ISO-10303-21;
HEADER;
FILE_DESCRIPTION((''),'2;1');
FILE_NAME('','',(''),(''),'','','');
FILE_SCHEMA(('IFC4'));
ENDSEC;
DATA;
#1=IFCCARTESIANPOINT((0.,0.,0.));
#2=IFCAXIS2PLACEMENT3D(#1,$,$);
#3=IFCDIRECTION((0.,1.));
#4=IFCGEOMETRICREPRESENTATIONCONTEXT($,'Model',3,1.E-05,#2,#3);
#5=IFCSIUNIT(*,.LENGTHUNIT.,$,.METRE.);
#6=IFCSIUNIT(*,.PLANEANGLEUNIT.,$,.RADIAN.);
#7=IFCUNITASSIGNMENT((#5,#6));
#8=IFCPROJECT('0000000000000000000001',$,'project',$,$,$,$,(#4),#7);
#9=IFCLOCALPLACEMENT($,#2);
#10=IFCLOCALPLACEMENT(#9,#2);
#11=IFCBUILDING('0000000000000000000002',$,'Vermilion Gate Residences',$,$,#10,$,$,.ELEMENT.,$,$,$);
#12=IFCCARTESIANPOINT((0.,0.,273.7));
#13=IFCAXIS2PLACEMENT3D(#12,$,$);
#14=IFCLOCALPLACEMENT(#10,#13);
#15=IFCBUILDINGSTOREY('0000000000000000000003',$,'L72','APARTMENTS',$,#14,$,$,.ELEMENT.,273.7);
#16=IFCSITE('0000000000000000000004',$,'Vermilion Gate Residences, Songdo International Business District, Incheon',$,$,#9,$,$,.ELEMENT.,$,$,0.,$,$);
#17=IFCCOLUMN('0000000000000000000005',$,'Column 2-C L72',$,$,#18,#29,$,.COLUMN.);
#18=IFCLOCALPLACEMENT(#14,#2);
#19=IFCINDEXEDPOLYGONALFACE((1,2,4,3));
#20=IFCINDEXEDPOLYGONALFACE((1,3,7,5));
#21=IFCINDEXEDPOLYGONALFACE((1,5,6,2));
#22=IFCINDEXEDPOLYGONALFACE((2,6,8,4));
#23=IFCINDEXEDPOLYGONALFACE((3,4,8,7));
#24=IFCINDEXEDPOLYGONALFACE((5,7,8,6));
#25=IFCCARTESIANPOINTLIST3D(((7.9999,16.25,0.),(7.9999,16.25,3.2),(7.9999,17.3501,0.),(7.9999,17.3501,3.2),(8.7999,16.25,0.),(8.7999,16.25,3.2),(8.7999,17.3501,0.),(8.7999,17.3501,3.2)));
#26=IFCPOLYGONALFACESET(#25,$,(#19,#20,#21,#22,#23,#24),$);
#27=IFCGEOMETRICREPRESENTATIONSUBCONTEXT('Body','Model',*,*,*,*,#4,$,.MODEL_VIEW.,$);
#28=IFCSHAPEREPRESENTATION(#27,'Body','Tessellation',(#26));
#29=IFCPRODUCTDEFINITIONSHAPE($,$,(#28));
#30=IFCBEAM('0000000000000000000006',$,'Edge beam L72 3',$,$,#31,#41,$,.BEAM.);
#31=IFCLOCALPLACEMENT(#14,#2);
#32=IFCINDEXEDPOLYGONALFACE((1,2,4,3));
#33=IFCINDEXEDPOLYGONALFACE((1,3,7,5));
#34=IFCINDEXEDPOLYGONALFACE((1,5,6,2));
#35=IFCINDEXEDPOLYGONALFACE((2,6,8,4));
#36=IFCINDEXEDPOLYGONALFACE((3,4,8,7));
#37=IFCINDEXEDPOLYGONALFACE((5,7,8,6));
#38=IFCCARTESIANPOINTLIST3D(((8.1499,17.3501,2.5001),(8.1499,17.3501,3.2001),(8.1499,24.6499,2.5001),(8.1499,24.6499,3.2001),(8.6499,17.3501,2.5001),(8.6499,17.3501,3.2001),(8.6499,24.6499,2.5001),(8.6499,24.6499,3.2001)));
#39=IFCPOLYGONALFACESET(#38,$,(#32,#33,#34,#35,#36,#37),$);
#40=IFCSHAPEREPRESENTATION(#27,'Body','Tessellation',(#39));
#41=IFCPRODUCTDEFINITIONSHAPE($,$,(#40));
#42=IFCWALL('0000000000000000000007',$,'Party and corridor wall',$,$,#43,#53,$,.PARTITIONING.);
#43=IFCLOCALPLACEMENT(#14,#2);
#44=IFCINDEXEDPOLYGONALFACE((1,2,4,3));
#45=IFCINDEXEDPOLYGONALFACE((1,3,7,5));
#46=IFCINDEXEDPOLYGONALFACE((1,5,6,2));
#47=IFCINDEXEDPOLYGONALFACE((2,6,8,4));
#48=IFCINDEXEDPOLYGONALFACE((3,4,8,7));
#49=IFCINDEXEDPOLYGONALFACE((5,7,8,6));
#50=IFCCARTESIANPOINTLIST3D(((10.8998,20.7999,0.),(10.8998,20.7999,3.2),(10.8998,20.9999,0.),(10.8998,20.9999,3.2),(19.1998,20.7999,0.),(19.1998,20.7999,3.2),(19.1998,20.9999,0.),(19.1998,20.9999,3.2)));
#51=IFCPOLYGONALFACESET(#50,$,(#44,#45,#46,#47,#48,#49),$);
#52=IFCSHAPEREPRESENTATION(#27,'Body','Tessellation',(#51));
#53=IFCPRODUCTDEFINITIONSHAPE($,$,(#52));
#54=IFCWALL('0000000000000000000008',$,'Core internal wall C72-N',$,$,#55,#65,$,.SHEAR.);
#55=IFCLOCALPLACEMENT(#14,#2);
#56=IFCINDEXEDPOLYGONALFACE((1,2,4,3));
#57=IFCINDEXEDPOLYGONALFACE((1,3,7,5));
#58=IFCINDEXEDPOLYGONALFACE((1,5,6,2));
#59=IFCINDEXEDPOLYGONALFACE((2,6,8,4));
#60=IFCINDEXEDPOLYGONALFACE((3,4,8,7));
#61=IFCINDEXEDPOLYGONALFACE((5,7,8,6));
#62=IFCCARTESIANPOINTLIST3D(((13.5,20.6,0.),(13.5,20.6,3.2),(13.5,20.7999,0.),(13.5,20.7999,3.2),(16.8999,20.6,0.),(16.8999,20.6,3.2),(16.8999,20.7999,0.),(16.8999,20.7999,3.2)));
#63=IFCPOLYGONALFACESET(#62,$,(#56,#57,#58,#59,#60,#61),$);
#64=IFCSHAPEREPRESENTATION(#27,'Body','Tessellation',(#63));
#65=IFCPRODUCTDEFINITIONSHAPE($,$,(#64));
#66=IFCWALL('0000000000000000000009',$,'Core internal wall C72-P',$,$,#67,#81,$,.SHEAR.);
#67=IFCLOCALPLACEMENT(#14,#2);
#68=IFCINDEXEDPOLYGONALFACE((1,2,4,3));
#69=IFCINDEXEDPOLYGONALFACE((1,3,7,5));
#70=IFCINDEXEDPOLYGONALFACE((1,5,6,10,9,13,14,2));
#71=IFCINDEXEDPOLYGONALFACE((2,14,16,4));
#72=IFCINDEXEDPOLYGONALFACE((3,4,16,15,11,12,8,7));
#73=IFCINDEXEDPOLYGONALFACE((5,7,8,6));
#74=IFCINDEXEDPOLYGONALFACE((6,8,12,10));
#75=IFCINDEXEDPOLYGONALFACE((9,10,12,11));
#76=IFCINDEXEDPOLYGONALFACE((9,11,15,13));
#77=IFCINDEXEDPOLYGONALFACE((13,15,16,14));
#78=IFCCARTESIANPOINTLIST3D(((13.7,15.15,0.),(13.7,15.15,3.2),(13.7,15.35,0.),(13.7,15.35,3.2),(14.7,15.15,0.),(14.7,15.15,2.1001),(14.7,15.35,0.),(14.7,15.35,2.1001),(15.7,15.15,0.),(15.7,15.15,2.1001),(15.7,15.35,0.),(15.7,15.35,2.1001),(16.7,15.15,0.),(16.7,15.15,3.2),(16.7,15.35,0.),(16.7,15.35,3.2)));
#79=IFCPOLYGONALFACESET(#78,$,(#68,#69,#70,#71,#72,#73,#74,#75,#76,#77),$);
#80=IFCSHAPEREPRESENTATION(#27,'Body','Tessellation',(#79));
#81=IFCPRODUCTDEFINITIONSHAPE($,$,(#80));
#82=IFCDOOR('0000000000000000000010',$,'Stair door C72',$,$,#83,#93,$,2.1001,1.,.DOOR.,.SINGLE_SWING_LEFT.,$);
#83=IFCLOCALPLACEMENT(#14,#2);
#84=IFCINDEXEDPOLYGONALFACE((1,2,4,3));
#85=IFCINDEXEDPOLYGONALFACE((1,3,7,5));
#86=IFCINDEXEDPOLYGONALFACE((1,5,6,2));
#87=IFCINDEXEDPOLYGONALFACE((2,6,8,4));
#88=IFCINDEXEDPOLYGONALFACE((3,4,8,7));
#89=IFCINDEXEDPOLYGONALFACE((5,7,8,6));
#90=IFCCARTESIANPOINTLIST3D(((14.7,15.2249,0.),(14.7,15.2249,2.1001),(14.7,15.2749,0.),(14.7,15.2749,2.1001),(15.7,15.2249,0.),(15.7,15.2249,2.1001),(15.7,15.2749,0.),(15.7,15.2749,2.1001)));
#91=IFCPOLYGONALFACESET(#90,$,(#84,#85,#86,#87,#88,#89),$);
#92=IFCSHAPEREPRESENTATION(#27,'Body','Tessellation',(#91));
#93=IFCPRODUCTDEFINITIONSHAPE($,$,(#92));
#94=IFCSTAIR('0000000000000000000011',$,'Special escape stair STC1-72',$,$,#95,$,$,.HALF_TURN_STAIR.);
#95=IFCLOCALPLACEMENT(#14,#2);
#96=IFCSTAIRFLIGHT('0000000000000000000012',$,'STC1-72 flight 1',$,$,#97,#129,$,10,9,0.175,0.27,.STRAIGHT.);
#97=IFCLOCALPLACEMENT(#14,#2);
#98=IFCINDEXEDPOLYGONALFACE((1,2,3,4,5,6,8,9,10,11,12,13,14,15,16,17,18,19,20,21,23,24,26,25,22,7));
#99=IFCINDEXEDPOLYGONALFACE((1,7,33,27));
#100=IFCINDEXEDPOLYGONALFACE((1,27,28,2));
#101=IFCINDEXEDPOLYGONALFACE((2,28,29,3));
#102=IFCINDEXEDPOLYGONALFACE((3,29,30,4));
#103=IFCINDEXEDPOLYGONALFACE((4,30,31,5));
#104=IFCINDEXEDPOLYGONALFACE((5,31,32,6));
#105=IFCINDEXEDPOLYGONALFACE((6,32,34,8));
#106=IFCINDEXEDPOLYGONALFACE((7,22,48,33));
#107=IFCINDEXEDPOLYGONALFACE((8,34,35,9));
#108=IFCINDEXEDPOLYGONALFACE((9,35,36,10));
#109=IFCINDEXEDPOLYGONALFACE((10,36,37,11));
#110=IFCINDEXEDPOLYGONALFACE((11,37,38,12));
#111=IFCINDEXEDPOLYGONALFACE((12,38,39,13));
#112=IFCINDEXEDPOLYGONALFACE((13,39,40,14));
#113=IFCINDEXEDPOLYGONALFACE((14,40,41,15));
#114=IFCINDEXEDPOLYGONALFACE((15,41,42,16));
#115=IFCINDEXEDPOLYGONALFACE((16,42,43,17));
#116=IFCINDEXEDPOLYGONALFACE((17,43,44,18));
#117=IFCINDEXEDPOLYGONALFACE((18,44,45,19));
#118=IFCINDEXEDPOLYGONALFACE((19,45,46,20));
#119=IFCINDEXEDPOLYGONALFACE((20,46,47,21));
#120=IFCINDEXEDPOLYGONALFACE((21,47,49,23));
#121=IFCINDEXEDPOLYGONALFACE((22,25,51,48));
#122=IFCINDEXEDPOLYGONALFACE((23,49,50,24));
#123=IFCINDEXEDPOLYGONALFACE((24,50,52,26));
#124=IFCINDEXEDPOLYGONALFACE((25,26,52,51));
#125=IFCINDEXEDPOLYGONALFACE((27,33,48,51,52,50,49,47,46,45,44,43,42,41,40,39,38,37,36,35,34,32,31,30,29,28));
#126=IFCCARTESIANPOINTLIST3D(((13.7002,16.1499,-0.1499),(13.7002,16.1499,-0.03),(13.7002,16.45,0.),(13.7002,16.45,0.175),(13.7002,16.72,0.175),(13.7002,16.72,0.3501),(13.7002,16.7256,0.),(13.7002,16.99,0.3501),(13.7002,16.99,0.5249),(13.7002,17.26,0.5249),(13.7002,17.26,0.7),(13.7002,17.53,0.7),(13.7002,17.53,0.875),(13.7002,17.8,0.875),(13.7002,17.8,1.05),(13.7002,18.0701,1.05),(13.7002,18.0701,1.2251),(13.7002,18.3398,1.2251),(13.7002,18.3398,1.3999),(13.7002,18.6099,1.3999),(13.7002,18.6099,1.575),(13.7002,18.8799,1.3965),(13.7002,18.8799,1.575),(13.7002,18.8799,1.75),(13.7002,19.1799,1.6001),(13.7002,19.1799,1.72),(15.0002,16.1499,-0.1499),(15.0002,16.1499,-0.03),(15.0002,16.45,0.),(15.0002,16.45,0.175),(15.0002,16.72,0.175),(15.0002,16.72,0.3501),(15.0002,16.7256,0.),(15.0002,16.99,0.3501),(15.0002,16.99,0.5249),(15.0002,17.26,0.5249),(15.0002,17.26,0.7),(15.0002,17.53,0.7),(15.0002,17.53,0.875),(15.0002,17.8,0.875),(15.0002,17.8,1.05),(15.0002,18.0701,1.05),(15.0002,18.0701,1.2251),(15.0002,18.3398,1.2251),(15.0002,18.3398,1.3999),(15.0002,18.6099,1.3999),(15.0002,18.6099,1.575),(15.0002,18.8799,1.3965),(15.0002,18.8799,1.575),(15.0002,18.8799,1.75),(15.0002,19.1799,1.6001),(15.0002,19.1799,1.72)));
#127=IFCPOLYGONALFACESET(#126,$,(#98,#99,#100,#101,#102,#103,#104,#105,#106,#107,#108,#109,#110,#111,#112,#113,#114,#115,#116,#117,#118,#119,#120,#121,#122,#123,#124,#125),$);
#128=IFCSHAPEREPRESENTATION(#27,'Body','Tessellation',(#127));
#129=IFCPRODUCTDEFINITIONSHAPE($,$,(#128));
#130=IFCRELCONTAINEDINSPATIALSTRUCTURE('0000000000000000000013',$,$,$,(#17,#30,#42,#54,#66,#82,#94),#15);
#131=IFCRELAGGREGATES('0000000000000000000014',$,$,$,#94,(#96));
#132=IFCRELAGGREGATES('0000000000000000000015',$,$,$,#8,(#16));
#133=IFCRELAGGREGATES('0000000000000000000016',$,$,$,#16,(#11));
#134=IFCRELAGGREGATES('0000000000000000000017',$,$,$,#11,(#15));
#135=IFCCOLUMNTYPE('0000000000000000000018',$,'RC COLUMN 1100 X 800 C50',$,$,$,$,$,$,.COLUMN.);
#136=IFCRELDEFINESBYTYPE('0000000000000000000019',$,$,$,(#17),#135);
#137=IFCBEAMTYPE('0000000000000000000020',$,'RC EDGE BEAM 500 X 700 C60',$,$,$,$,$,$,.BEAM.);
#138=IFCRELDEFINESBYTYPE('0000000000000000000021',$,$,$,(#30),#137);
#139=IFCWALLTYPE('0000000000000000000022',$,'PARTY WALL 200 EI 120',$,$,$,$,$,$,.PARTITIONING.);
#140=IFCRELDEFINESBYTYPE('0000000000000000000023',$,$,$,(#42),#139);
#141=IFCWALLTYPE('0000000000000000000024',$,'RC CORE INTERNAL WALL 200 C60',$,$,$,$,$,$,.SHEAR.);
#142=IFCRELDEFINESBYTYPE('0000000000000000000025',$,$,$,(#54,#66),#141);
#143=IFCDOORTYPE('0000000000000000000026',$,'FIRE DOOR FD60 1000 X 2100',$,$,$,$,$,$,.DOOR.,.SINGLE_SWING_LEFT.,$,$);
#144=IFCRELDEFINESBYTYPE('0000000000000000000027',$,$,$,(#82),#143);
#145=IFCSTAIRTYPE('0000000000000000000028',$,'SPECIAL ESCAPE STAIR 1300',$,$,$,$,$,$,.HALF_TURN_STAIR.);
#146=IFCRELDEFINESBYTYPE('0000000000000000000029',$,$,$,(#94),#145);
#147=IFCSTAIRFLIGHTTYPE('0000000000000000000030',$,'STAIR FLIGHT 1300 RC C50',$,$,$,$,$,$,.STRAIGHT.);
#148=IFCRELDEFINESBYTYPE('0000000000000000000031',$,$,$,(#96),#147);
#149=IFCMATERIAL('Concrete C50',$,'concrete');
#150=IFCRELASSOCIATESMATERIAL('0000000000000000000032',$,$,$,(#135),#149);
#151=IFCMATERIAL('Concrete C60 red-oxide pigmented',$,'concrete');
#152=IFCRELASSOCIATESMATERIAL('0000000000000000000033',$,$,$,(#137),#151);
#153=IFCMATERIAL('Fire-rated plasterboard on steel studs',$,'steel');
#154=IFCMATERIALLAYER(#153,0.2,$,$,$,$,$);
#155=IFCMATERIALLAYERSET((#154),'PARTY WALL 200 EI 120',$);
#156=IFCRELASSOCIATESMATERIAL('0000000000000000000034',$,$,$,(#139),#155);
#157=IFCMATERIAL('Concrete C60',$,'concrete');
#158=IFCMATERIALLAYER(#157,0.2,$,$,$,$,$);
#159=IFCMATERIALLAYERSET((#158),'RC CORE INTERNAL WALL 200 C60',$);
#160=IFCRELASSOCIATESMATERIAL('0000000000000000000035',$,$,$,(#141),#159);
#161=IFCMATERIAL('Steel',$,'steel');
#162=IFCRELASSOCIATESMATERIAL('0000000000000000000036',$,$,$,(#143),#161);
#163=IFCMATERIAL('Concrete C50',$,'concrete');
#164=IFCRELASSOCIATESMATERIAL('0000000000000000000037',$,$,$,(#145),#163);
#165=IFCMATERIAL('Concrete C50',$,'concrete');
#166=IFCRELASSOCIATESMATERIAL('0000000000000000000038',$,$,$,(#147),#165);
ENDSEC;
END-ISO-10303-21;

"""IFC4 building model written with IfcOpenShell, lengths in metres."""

from ifc_helpers import new_model, si_unit, direction, frame, frame_2d, origin, origin_2d, place, context, subcontext, project, spatial, polyline, rectangle, outline, extrude, material, layer, layer_set, material_profile, profile_set, type_object, element, fill, aggregate, save


model = new_model("IFC4")

# Units and contexts
model_context = context("Model", 3, precision=1e-05, world=origin(), true_north=direction((0.0, 1.0)))
body_context = subcontext(model_context, "Body", "Model", "MODEL_VIEW")
ifc_project = project(units=[si_unit("LENGTHUNIT", "METRE"), si_unit("PLANEANGLEUNIT", "RADIAN")], contexts=[model_context])

# Site, building, storey
site_placement = place(None, origin())
site = spatial("IfcSite", under=ifc_project, at=site_placement, Name="Vermilion Gate Residences, Songdo International Business District, Incheon", CompositionType="ELEMENT", RefElevation=0.0)
building_placement = place(site_placement, origin())
building = spatial("IfcBuilding", under=site, at=building_placement, Name="Vermilion Gate Residences", CompositionType="ELEMENT")
storey_placement = place(building_placement, frame((0.0, 0.0, 273.7)))
storey = spatial("IfcBuildingStorey", under=building, at=storey_placement, Name="L72", Description="APARTMENTS", CompositionType="ELEMENT", Elevation=273.7)

# Column
ifc_material_1 = material(Name="Concrete C50", Category="concrete")
ifc_material_profile_1 = material_profile(ifc_material_1, rectangle(XDim=1.1001, YDim=0.8, at=origin_2d()), Name="RC-1100x800")
ifc_profile_set_1 = profile_set([ifc_material_profile_1], Name="Concrete C50")
column_type = type_object("IfcColumnType", Name="RC COLUMN 1100 X 800 C50", PredefinedType="COLUMN", material=ifc_profile_set_1)
column_placement = place(storey_placement, frame((8.3999, 16.8, 0.0), z_axis=(0.0, 0.0, 1.0), x_axis=(0.0, 1.0, 0.0)))
element("IfcColumn", 1, at=column_placement, inside=storey, type_object=column_type, Name="Column 2-C L72", PredefinedType="COLUMN", context=body_context, shape_type="SweptSolid", body=[
    extrude(rectangle(XDim=1.1001, YDim=0.8, at=origin_2d()), origin(), (0.0, 0.0, 1.0), 3.2),
])

# Beam
ifc_material_2 = material(Name="Concrete C60 red-oxide pigmented", Category="concrete")
ifc_material_profile_2 = material_profile(ifc_material_2, rectangle(XDim=0.5, YDim=0.7, at=origin_2d()), Name="RC-500x700")
ifc_profile_set_2 = profile_set([ifc_material_profile_2], Name="Concrete C60 red-oxide pigmented")
beam_type = type_object("IfcBeamType", Name="RC EDGE BEAM 500 X 700 C60", PredefinedType="BEAM", material=ifc_profile_set_2)
beam_placement = place(storey_placement, frame((8.3999, 17.3501, 2.8501), z_axis=(0.0, 1.0, 0.0), x_axis=(-1.0, 0.0, 0.0)))
element("IfcBeam", 2, at=beam_placement, inside=storey, type_object=beam_type, Name="Edge beam L72 3", PredefinedType="BEAM", context=body_context, shape_type="SweptSolid", body=[
    extrude(rectangle(XDim=0.5, YDim=0.7, at=origin_2d()), origin(), (0.0, 0.0, 1.0), 7.2998),
])

# Walls
ifc_material_3 = material(Name="Fire-rated plasterboard on steel studs", Category="steel")
ifc_layer_1 = layer(ifc_material_3, 0.2)
ifc_layer_set_1 = layer_set([ifc_layer_1], Name="PARTY WALL 200 EI 120")
wall_type_1 = type_object("IfcWallType", Name="PARTY WALL 200 EI 120", PredefinedType="PARTITIONING", material=ifc_layer_set_1)
wall_1_placement = place(storey_placement, frame((10.8999, 20.8999, 0.0), z_axis=(0.0, 0.0, 1.0), x_axis=(1.0, 0.0, 0.0)))
element("IfcWall", 3, at=wall_1_placement, inside=storey, type_object=wall_type_1, Name="Party and corridor wall", PredefinedType="PARTITIONING", context=body_context, shape_type="SweptSolid", body=[
    extrude(rectangle(XDim=8.3, YDim=0.2, at=frame_2d((4.1499, 0.0))), origin(), (0.0, 0.0, 1.0), 3.2),
])
ifc_material_4 = material(Name="Concrete C60", Category="concrete")
ifc_layer_2 = layer(ifc_material_4, 0.2)
ifc_layer_set_2 = layer_set([ifc_layer_2], Name="RC CORE INTERNAL WALL 200 C60")
wall_type_2 = type_object("IfcWallType", Name="RC CORE INTERNAL WALL 200 C60", PredefinedType="SHEAR", material=ifc_layer_set_2)
wall_2_placement = place(storey_placement, frame((13.5, 20.7, 0.0), z_axis=(0.0, 0.0, 1.0), x_axis=(1.0, 0.0, 0.0)))
element("IfcWall", 4, at=wall_2_placement, inside=storey, type_object=wall_type_2, Name="Core internal wall C72-N", PredefinedType="SHEAR", context=body_context, shape_type="SweptSolid", body=[
    extrude(rectangle(XDim=3.3999, YDim=0.2, at=frame_2d((1.7, 0.0))), origin(), (0.0, 0.0, 1.0), 3.2),
])

# Wall, opening, door
wall_3_placement = place(storey_placement, frame((13.7, 15.25, 0.0), z_axis=(0.0, 0.0, 1.0), x_axis=(1.0, 0.0, 0.0)))
wall_3 = element("IfcWall", 5, at=wall_3_placement, inside=storey, type_object=wall_type_2, Name="Core internal wall C72-P", PredefinedType="SHEAR", context=body_context, shape_type="SweptSolid", body=[
    extrude(rectangle(XDim=3.0, YDim=0.2, at=frame_2d((1.5, 0.0))), origin(), (0.0, 0.0, 1.0), 3.2),
])
opening_placement = place(wall_3_placement, frame((1.0, 0.0, 0.0)))
opening = element("IfcOpeningElement", 6, at=opening_placement, cuts=wall_3, PredefinedType="OPENING", context=body_context, shape_type="SweptSolid", body=[
    extrude(rectangle(XDim=1.0, YDim=2.1001, at=frame_2d((0.5, 1.05))), frame((0.0, 0.1099, 0.0), z_axis=(0.0, -1.0, 0.0), x_axis=(1.0, 0.0, 0.0)), (0.0, 0.0, 1.0), 0.22),
])
ifc_material_5 = material(Name="Steel", Category="steel")
door_type = type_object("IfcDoorType", Name="FIRE DOOR FD60 1000 X 2100", OperationType="SINGLE_SWING_LEFT", PredefinedType="DOOR", material=ifc_material_5)
door_placement = place(opening_placement, origin())
door = element("IfcDoor", 7, at=door_placement, inside=storey, type_object=door_type, Name="Stair door C72", OperationType="SINGLE_SWING_LEFT", OverallHeight=2.1001, OverallWidth=1.0, PredefinedType="DOOR", context=body_context, shape_type="SweptSolid", body=[
    extrude(rectangle(XDim=1.0, YDim=2.1001, at=frame_2d((0.5, 1.05))), frame((0.0, 0.0249, 0.0), z_axis=(0.0, -1.0, 0.0), x_axis=(1.0, 0.0, 0.0)), (0.0, 0.0, 1.0), 0.05),
])
fill(opening, door)

# Stair, stair flight
ifc_material_6 = material(Name="Concrete C50", Category="concrete")
stair_type = type_object("IfcStairType", Name="SPECIAL ESCAPE STAIR 1300", PredefinedType="HALF_TURN_STAIR", material=ifc_material_6)
stair_placement = place(storey_placement, origin())
stair = element("IfcStair", 8, at=stair_placement, inside=storey, type_object=stair_type, Name="Special escape stair STC1-72", PredefinedType="HALF_TURN_STAIR")
ifc_material_7 = material(Name="Concrete C50", Category="concrete")
stair_flight_type = type_object("IfcStairFlightType", Name="STAIR FLIGHT 1300 RC C50", PredefinedType="STRAIGHT", material=ifc_material_7)
stair_flight_placement = place(storey_placement, frame((14.3501, 16.45, 0.0), z_axis=(0.0, 0.0, 1.0), x_axis=(0.0, 1.0, 0.0)))
stair_flight = element("IfcStairFlight", 9, at=stair_flight_placement, type_object=stair_flight_type, Name="STC1-72 flight 1", NumberOfRisers=10, NumberOfTreads=9, PredefinedType="STRAIGHT", RiserHeight=0.175, TreadLength=0.27, context=body_context, shape_type="SweptSolid", body=[
    extrude(outline(polyline([(-0.3, -0.1499), (-0.3, -0.03), (0.0, 0.0), (0.0, 0.175), (0.27, 0.175), (0.27, 0.3501), (0.54, 0.3501), (0.54, 0.5249), (0.8101, 0.5249), (0.8101, 0.7), (1.0801, 0.7), (1.0801, 0.875), (1.3501, 0.875), (1.3501, 1.05), (1.6201, 1.05), (1.6201, 1.2251), (1.8899, 1.2251), (1.8899, 1.3999), (2.1599, 1.3999), (2.1599, 1.575), (2.4299, 1.575), (2.4299, 1.75), (2.73, 1.72), (2.73, 1.6001), (2.4299, 1.3965), (0.2756, 0.0), (-0.3, -0.1499)])), frame((0.0, 0.6499, 0.0), z_axis=(0.0, -1.0, 0.0), x_axis=(1.0, 0.0, 0.0)), (0.0, 0.0, 1.0), 1.3),
])
aggregate(stair, [stair_flight])

save(model, "model.ifc")
